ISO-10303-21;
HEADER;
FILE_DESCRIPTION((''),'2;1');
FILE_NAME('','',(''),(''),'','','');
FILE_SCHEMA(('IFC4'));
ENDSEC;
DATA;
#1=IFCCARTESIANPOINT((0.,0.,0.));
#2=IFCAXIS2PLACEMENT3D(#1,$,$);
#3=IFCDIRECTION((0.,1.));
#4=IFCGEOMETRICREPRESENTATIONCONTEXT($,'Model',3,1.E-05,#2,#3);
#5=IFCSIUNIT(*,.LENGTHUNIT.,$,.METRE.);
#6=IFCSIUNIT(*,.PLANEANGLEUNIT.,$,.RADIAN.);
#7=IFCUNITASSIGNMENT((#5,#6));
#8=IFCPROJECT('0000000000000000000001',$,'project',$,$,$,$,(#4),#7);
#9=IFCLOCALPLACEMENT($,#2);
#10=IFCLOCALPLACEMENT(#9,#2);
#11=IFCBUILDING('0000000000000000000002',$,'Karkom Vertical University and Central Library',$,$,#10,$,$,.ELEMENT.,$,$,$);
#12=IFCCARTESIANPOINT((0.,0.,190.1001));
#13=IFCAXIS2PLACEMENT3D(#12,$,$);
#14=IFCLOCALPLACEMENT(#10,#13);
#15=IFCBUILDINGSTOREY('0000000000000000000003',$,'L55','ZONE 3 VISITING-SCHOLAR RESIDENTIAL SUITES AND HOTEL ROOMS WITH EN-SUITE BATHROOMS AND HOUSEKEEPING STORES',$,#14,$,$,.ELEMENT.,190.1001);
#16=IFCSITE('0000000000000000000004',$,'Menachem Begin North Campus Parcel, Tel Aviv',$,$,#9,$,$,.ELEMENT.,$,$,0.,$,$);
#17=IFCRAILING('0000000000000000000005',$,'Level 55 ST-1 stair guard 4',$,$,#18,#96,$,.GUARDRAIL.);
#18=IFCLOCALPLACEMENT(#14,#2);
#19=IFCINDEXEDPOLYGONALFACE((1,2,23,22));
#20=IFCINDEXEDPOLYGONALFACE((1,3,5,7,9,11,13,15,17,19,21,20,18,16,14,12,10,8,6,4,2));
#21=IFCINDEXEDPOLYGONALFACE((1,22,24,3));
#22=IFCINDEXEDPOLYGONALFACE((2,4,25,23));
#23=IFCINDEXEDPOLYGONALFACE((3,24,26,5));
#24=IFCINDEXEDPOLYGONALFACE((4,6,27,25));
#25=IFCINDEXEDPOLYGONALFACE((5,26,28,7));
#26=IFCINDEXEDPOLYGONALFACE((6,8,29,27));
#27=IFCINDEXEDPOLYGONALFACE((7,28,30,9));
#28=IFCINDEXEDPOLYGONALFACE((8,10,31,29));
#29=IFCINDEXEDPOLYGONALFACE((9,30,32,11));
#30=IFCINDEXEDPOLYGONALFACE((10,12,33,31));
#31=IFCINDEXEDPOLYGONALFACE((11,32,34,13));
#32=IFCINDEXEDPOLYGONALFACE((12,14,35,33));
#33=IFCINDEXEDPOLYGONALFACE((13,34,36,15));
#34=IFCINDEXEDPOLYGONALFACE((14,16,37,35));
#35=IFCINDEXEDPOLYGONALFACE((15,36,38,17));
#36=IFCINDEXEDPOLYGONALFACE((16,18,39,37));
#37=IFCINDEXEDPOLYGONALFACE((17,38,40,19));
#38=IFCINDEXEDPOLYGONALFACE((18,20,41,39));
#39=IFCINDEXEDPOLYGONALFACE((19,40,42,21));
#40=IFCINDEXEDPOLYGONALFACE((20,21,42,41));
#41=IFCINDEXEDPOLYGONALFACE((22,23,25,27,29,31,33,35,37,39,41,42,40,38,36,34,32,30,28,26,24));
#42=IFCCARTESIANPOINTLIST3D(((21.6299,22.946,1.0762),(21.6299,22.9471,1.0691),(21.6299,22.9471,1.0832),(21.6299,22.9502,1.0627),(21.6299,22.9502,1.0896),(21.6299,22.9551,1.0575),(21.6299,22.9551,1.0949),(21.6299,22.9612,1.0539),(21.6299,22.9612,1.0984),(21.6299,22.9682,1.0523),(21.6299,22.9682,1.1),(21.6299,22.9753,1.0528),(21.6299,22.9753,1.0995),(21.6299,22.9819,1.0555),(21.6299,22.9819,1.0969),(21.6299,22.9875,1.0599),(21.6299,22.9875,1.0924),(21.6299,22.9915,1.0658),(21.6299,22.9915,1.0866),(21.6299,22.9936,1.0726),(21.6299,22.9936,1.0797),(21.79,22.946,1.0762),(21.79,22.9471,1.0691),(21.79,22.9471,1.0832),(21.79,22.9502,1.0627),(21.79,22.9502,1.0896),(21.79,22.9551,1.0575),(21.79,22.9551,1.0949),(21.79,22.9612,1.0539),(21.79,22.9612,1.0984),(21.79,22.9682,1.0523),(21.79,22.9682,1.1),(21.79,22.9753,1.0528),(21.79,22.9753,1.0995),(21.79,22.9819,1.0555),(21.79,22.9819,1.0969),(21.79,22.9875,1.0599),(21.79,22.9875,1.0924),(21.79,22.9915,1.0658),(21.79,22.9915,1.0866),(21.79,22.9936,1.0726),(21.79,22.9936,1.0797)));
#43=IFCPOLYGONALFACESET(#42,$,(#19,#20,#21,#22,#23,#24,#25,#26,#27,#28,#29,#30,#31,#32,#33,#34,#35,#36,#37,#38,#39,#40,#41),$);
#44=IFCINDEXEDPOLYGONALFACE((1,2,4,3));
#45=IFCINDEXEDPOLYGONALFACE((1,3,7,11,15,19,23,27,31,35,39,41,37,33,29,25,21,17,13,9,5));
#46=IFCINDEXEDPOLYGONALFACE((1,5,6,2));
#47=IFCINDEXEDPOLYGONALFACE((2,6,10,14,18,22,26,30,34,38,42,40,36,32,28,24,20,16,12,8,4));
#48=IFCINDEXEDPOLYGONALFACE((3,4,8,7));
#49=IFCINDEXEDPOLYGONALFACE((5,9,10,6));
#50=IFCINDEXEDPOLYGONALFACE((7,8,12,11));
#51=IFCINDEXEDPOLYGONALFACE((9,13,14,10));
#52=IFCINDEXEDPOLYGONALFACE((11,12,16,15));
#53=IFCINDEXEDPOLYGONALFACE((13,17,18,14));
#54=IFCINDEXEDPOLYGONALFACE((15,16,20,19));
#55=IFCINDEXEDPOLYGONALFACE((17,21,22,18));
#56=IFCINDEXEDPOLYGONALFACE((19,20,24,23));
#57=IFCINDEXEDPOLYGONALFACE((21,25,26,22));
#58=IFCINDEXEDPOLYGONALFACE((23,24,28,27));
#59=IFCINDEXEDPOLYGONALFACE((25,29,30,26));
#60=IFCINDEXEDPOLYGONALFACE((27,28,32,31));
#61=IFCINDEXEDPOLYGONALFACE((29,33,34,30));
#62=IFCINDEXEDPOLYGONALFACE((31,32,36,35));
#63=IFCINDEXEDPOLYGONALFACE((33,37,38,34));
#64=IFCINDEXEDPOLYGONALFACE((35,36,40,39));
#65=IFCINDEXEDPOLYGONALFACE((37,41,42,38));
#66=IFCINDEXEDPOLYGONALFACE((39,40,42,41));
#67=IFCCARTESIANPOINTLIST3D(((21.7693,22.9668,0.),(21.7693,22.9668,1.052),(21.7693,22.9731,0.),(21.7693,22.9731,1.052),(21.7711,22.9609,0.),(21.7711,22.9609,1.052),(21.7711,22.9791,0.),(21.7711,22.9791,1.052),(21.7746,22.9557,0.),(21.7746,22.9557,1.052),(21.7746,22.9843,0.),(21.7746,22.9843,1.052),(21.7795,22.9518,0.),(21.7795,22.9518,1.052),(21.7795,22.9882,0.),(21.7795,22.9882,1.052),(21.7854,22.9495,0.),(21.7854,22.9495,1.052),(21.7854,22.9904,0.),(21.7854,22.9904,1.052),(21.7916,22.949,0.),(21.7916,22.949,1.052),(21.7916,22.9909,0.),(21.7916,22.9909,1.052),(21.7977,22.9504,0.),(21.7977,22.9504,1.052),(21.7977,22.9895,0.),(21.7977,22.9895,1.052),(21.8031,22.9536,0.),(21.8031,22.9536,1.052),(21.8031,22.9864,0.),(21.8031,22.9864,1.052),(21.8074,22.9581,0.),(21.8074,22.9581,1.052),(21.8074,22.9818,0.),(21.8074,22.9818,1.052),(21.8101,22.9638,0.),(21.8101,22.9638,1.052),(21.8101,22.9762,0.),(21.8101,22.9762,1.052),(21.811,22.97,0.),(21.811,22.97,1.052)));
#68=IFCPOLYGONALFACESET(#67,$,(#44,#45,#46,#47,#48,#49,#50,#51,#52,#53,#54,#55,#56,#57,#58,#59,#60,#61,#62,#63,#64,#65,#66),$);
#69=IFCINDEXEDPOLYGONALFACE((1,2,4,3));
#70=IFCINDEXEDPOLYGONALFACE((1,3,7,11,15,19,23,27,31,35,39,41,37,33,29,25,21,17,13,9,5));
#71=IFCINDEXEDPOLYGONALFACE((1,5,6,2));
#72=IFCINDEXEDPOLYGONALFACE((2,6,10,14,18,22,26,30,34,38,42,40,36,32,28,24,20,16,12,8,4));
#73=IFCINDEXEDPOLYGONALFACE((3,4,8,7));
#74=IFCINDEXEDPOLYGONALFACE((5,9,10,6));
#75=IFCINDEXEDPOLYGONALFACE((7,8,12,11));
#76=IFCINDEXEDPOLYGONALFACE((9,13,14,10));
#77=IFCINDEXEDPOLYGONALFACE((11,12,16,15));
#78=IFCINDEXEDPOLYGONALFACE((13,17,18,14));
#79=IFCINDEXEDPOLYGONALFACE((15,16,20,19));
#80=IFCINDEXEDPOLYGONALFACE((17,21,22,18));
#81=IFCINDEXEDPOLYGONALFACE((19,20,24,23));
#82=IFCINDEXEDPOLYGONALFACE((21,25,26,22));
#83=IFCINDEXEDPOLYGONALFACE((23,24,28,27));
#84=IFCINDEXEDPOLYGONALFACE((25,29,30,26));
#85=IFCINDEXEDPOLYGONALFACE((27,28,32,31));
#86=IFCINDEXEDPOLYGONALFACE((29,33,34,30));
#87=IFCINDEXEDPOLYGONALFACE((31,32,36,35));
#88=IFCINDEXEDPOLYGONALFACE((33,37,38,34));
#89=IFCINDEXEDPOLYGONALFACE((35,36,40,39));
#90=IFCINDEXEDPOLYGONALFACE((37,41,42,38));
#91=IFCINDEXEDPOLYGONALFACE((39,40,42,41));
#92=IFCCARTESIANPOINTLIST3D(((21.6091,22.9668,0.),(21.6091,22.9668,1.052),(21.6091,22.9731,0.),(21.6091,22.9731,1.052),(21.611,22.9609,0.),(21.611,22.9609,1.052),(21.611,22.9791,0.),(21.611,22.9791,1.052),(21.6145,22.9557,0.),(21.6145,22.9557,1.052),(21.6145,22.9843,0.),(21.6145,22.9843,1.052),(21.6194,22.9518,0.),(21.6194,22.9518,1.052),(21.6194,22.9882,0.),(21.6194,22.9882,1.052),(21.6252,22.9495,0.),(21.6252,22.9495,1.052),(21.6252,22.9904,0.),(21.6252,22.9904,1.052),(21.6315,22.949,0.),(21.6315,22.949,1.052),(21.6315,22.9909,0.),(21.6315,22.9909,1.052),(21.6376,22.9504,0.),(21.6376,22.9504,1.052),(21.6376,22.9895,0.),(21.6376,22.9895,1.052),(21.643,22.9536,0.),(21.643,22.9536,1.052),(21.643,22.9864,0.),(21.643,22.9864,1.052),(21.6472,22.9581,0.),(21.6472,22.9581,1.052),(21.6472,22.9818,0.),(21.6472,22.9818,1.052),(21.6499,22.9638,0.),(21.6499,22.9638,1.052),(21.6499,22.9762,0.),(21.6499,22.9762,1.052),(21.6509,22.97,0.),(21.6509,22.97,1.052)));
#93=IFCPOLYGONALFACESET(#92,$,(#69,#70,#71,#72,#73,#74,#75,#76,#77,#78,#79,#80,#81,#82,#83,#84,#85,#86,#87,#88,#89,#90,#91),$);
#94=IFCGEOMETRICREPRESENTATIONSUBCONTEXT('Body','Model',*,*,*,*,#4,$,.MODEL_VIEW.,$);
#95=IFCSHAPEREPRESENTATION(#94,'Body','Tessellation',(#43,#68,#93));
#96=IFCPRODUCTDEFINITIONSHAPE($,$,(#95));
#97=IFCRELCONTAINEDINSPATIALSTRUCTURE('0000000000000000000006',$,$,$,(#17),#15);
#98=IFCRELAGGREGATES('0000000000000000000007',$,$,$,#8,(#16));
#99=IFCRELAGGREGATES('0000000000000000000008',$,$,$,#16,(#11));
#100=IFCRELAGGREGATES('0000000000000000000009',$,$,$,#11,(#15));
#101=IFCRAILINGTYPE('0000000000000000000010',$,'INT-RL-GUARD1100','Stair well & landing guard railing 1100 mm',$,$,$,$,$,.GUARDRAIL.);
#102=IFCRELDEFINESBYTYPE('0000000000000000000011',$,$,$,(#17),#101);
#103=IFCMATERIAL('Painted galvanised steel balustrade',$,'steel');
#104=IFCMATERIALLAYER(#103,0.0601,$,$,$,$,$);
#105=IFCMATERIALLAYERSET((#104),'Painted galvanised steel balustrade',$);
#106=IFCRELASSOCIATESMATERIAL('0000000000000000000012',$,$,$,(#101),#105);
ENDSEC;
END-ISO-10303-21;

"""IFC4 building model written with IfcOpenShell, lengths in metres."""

from ifc_helpers import new_model, si_unit, direction, frame, origin, origin_2d, place, context, subcontext, project, spatial, circle, extrude, material, layer, layer_set, type_object, element, save


model = new_model("IFC4")

# Units and contexts
model_context = context("Model", 3, precision=1e-05, world=origin(), true_north=direction((0.0, 1.0)))
body_context = subcontext(model_context, "Body", "Model", "MODEL_VIEW")
ifc_project = project(units=[si_unit("LENGTHUNIT", "METRE"), si_unit("PLANEANGLEUNIT", "RADIAN")], contexts=[model_context])

# Site, building, storey
site_placement = place(None, origin())
site = spatial("IfcSite", under=ifc_project, at=site_placement, Name="Menachem Begin North Campus Parcel, Tel Aviv", CompositionType="ELEMENT", RefElevation=0.0)
building_placement = place(site_placement, origin())
building = spatial("IfcBuilding", under=site, at=building_placement, Name="Karkom Vertical University and Central Library", CompositionType="ELEMENT")
storey_placement = place(building_placement, frame((0.0, 0.0, 190.1001)))
storey = spatial("IfcBuildingStorey", under=building, at=storey_placement, Name="L55", Description="ZONE 3 VISITING-SCHOLAR RESIDENTIAL SUITES AND HOTEL ROOMS WITH EN-SUITE BATHROOMS AND HOUSEKEEPING STORES", CompositionType="ELEMENT", Elevation=190.1001)

# Railing
ifc_material_1 = material(Name="Painted galvanised steel balustrade", Category="steel")
ifc_layer_1 = layer(ifc_material_1, 0.0601)
ifc_layer_set_1 = layer_set([ifc_layer_1], Name="Painted galvanised steel balustrade")
railing_type_1 = type_object("IfcRailingType", Name="INT-RL-GUARD1100", Description="Stair well & landing guard railing 1100 mm", PredefinedType="GUARDRAIL", material=ifc_layer_set_1)
railing_1_placement = place(storey_placement, frame((21.79, 22.97, 0.0)))
element("IfcRailing", 1, at=railing_1_placement, inside=storey, type_object=railing_type_1, Name="Level 55 ST-1 stair guard 4", PredefinedType="GUARDRAIL", context=body_context, shape_type="SweptSolid", body=[
    extrude(circle(Radius=0.0239, at=origin_2d()), frame((0.0, 0.0, 1.0762), z_axis=(-1.0, 0.0, 0.0), x_axis=(0.0, -1.0, 0.0)), (0.0, 0.0, 1.0), 0.1602),
    extrude(circle(Radius=0.021, at=origin_2d()), origin(), (0.0, 0.0, 1.0), 1.052),
    extrude(circle(Radius=0.021, at=origin_2d()), frame((-0.1602, 0.0, 0.0)), (0.0, 0.0, 1.0), 1.052),
])

save(model, "model.ifc")
